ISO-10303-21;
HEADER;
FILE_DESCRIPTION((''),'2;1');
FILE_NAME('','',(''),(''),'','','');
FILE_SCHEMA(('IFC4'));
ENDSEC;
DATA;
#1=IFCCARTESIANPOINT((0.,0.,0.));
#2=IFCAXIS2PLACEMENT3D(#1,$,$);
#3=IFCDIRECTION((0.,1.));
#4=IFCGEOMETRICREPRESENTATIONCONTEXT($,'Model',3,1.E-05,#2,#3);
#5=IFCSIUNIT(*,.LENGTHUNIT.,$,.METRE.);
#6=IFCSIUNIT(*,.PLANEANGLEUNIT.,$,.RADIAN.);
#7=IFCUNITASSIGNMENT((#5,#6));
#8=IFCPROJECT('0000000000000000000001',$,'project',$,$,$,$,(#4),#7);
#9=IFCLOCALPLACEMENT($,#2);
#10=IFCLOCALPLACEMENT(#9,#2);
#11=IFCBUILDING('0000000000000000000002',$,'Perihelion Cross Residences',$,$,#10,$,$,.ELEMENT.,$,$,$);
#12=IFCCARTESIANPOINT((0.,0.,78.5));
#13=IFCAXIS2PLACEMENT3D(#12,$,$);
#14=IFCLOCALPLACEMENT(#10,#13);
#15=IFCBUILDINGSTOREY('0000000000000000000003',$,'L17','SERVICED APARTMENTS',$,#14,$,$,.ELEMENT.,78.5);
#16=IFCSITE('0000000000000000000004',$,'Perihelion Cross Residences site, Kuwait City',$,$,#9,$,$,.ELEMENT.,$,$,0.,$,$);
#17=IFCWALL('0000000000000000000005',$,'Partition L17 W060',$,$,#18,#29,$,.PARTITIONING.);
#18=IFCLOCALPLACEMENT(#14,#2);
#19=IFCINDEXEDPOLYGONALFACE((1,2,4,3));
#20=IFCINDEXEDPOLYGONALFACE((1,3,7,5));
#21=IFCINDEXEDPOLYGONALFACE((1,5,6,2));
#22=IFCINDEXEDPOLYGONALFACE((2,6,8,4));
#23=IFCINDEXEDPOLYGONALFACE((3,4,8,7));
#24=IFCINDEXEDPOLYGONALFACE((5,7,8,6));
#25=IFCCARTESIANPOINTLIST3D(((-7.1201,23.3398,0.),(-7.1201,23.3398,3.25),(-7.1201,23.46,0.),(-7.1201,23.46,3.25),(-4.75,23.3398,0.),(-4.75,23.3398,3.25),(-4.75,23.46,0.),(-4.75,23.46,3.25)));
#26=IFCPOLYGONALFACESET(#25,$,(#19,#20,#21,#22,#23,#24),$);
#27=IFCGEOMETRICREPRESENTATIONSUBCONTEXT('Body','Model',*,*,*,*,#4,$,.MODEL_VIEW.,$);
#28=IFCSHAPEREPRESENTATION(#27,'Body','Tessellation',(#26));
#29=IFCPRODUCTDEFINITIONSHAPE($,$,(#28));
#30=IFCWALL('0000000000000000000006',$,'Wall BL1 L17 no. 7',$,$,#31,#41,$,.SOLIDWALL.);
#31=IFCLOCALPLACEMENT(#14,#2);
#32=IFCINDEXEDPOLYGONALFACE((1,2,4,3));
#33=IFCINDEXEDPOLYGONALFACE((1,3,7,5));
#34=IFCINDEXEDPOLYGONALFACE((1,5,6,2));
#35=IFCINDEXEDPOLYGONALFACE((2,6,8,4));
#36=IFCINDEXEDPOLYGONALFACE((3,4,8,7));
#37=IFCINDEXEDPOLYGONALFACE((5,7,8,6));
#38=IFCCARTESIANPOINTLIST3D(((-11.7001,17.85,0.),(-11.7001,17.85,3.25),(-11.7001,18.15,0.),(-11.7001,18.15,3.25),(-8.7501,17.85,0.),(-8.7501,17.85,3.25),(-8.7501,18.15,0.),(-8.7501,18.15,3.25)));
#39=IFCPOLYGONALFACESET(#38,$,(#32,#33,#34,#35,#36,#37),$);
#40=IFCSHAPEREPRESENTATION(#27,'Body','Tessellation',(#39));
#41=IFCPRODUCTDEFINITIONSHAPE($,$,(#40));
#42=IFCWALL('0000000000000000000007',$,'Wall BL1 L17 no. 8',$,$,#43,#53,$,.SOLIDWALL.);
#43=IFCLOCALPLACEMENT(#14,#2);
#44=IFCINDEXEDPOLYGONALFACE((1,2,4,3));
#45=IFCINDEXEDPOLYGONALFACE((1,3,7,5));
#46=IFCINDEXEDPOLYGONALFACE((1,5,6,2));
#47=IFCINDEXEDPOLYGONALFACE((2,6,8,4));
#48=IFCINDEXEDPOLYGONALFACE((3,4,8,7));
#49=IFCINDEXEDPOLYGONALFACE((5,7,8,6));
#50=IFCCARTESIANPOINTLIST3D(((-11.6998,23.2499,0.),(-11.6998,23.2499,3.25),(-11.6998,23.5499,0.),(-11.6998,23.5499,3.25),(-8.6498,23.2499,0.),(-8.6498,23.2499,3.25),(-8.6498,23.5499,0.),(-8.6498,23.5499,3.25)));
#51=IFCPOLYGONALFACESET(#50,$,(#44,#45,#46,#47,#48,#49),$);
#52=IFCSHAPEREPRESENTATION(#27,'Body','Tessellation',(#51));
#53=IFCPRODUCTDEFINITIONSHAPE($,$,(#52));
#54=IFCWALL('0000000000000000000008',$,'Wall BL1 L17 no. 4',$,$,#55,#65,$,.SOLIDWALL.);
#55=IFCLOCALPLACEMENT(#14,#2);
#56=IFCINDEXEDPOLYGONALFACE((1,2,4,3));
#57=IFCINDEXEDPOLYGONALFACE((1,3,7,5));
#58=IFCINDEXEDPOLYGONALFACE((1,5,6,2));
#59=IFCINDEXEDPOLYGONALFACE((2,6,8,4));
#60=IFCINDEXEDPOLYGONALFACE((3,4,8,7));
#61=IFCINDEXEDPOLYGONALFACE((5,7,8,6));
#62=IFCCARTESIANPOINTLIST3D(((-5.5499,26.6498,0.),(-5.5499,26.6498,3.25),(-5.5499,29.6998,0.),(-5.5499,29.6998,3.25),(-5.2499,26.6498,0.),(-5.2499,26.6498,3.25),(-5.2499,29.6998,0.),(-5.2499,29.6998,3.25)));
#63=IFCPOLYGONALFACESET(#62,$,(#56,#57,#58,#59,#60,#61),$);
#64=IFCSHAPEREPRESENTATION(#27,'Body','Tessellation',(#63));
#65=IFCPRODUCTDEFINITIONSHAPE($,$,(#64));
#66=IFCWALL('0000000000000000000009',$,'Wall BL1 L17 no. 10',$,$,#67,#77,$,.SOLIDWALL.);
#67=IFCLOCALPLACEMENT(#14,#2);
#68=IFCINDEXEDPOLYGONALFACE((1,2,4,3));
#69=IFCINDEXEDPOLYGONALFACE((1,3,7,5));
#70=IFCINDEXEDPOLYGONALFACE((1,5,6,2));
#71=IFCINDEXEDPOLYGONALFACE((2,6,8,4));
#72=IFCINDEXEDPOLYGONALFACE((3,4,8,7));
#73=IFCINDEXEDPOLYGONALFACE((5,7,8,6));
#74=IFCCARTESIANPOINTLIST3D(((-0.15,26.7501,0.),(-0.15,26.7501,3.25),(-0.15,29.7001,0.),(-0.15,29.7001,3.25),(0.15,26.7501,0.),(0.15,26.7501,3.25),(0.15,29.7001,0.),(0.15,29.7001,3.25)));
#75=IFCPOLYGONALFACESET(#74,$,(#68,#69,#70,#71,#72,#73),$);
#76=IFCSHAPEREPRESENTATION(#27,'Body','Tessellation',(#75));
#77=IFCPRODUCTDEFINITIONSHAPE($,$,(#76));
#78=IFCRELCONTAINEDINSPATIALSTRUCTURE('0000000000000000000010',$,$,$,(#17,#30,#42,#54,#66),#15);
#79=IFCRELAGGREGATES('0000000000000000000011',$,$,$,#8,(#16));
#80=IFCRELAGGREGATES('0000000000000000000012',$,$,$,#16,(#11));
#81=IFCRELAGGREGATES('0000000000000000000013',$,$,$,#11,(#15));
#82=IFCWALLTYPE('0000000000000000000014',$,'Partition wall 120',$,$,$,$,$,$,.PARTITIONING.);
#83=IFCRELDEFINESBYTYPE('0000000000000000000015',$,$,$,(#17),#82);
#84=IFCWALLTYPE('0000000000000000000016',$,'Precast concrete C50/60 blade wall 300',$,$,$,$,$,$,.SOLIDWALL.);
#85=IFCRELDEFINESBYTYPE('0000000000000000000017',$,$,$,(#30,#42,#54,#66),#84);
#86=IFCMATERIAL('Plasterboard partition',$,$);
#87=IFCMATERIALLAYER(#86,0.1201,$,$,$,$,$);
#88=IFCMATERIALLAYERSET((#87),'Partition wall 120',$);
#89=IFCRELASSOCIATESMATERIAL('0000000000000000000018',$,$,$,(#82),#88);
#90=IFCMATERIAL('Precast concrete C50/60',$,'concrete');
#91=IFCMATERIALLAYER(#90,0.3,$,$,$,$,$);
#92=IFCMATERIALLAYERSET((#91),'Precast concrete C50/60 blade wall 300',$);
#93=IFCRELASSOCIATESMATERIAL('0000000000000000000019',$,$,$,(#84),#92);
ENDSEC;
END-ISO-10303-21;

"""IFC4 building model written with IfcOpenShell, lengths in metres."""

from ifc_helpers import new_model, si_unit, direction, frame, frame_2d, origin, place, context, subcontext, project, spatial, rectangle, extrude, material, layer, layer_set, type_object, element, save


model = new_model("IFC4")

# Units and contexts
model_context = context("Model", 3, precision=1e-05, world=origin(), true_north=direction((0.0, 1.0)))
body_context = subcontext(model_context, "Body", "Model", "MODEL_VIEW")
ifc_project = project(units=[si_unit("LENGTHUNIT", "METRE"), si_unit("PLANEANGLEUNIT", "RADIAN")], contexts=[model_context])

# Site, building, storey
site_placement = place(None, origin())
site = spatial("IfcSite", under=ifc_project, at=site_placement, Name="Perihelion Cross Residences site, Kuwait City", CompositionType="ELEMENT", RefElevation=0.0)
building_placement = place(site_placement, origin())
building = spatial("IfcBuilding", under=site, at=building_placement, Name="Perihelion Cross Residences", CompositionType="ELEMENT")
storey_placement = place(building_placement, frame((0.0, 0.0, 78.5)))
storey = spatial("IfcBuildingStorey", under=building, at=storey_placement, Name="L17", Description="SERVICED APARTMENTS", CompositionType="ELEMENT", Elevation=78.5)

# Shared definitions
ifc_material_1 = material(Name="Plasterboard partition")
ifc_layer_1 = layer(ifc_material_1, 0.1201)
ifc_layer_set_1 = layer_set([ifc_layer_1], Name="Partition wall 120")
wall_type_1 = type_object("IfcWallType", Name="Partition wall 120", PredefinedType="PARTITIONING", material=ifc_layer_set_1)

# Walls
wall_1_placement = place(storey_placement, frame((-7.1201, 23.3999, 0.0), z_axis=(0.0, 0.0, 1.0), x_axis=(1.0, 0.0, 0.0)))
element("IfcWall", 1, at=wall_1_placement, inside=storey, type_object=wall_type_1, Name="Partition L17 W060", PredefinedType="PARTITIONING", context=body_context, shape_type="SweptSolid", body=[
    extrude(rectangle(XDim=2.3701, YDim=0.1201, at=frame_2d((1.1851, 0.0))), origin(), (0.0, 0.0, 1.0), 3.25),
])
ifc_material_2 = material(Name="Precast concrete C50/60", Category="concrete")
ifc_layer_2 = layer(ifc_material_2, 0.3)
ifc_layer_set_2 = layer_set([ifc_layer_2], Name="Precast concrete C50/60 blade wall 300")
wall_type_2 = type_object("IfcWallType", Name="Precast concrete C50/60 blade wall 300", PredefinedType="SOLIDWALL", material=ifc_layer_set_2)
wall_2_placement = place(storey_placement, frame((-8.75, 18.0, 0.0), z_axis=(0.0, 0.0, 1.0), x_axis=(-1.0, 0.0, 0.0)))
element("IfcWall", 2, at=wall_2_placement, inside=storey, type_object=wall_type_2, Name="Wall BL1 L17 no. 7", PredefinedType="SOLIDWALL", context=body_context, shape_type="SweptSolid", body=[
    extrude(rectangle(XDim=2.95, YDim=0.3, at=frame_2d((1.4751, 0.0))), origin(), (0.0, 0.0, 1.0), 3.25),
])
for number, where, z_axis, x_axis, name in (
    (3, (-8.6499, 23.3999, 0.0), (0.0, 0.0, 1.0), (-1.0, 0.0, 0.0), "Wall BL1 L17 no. 8"),
    (4, (-5.3999, 26.6499, 0.0), (0.0, 0.0, 1.0), (0.0, 1.0, 0.0), "Wall BL1 L17 no. 4"),
):
    element("IfcWall", number, at=place(storey_placement, frame(where, z_axis=z_axis, x_axis=x_axis)), inside=storey, type_object=wall_type_2, Name=name, PredefinedType="SOLIDWALL", context=body_context, shape_type="SweptSolid", body=[
        extrude(rectangle(XDim=3.05, YDim=0.3, at=frame_2d((1.5249, 0.0))), origin(), (0.0, 0.0, 1.0), 3.25),
    ])
wall_3_placement = place(storey_placement, frame((0.0, 26.75, 0.0), z_axis=(0.0, 0.0, 1.0), x_axis=(0.0, 1.0, 0.0)))
element("IfcWall", 5, at=wall_3_placement, inside=storey, type_object=wall_type_2, Name="Wall BL1 L17 no. 10", PredefinedType="SOLIDWALL", context=body_context, shape_type="SweptSolid", body=[
    extrude(rectangle(XDim=2.95, YDim=0.3, at=frame_2d((1.4751, 0.0))), origin(), (0.0, 0.0, 1.0), 3.25),
])

save(model, "model.ifc")
